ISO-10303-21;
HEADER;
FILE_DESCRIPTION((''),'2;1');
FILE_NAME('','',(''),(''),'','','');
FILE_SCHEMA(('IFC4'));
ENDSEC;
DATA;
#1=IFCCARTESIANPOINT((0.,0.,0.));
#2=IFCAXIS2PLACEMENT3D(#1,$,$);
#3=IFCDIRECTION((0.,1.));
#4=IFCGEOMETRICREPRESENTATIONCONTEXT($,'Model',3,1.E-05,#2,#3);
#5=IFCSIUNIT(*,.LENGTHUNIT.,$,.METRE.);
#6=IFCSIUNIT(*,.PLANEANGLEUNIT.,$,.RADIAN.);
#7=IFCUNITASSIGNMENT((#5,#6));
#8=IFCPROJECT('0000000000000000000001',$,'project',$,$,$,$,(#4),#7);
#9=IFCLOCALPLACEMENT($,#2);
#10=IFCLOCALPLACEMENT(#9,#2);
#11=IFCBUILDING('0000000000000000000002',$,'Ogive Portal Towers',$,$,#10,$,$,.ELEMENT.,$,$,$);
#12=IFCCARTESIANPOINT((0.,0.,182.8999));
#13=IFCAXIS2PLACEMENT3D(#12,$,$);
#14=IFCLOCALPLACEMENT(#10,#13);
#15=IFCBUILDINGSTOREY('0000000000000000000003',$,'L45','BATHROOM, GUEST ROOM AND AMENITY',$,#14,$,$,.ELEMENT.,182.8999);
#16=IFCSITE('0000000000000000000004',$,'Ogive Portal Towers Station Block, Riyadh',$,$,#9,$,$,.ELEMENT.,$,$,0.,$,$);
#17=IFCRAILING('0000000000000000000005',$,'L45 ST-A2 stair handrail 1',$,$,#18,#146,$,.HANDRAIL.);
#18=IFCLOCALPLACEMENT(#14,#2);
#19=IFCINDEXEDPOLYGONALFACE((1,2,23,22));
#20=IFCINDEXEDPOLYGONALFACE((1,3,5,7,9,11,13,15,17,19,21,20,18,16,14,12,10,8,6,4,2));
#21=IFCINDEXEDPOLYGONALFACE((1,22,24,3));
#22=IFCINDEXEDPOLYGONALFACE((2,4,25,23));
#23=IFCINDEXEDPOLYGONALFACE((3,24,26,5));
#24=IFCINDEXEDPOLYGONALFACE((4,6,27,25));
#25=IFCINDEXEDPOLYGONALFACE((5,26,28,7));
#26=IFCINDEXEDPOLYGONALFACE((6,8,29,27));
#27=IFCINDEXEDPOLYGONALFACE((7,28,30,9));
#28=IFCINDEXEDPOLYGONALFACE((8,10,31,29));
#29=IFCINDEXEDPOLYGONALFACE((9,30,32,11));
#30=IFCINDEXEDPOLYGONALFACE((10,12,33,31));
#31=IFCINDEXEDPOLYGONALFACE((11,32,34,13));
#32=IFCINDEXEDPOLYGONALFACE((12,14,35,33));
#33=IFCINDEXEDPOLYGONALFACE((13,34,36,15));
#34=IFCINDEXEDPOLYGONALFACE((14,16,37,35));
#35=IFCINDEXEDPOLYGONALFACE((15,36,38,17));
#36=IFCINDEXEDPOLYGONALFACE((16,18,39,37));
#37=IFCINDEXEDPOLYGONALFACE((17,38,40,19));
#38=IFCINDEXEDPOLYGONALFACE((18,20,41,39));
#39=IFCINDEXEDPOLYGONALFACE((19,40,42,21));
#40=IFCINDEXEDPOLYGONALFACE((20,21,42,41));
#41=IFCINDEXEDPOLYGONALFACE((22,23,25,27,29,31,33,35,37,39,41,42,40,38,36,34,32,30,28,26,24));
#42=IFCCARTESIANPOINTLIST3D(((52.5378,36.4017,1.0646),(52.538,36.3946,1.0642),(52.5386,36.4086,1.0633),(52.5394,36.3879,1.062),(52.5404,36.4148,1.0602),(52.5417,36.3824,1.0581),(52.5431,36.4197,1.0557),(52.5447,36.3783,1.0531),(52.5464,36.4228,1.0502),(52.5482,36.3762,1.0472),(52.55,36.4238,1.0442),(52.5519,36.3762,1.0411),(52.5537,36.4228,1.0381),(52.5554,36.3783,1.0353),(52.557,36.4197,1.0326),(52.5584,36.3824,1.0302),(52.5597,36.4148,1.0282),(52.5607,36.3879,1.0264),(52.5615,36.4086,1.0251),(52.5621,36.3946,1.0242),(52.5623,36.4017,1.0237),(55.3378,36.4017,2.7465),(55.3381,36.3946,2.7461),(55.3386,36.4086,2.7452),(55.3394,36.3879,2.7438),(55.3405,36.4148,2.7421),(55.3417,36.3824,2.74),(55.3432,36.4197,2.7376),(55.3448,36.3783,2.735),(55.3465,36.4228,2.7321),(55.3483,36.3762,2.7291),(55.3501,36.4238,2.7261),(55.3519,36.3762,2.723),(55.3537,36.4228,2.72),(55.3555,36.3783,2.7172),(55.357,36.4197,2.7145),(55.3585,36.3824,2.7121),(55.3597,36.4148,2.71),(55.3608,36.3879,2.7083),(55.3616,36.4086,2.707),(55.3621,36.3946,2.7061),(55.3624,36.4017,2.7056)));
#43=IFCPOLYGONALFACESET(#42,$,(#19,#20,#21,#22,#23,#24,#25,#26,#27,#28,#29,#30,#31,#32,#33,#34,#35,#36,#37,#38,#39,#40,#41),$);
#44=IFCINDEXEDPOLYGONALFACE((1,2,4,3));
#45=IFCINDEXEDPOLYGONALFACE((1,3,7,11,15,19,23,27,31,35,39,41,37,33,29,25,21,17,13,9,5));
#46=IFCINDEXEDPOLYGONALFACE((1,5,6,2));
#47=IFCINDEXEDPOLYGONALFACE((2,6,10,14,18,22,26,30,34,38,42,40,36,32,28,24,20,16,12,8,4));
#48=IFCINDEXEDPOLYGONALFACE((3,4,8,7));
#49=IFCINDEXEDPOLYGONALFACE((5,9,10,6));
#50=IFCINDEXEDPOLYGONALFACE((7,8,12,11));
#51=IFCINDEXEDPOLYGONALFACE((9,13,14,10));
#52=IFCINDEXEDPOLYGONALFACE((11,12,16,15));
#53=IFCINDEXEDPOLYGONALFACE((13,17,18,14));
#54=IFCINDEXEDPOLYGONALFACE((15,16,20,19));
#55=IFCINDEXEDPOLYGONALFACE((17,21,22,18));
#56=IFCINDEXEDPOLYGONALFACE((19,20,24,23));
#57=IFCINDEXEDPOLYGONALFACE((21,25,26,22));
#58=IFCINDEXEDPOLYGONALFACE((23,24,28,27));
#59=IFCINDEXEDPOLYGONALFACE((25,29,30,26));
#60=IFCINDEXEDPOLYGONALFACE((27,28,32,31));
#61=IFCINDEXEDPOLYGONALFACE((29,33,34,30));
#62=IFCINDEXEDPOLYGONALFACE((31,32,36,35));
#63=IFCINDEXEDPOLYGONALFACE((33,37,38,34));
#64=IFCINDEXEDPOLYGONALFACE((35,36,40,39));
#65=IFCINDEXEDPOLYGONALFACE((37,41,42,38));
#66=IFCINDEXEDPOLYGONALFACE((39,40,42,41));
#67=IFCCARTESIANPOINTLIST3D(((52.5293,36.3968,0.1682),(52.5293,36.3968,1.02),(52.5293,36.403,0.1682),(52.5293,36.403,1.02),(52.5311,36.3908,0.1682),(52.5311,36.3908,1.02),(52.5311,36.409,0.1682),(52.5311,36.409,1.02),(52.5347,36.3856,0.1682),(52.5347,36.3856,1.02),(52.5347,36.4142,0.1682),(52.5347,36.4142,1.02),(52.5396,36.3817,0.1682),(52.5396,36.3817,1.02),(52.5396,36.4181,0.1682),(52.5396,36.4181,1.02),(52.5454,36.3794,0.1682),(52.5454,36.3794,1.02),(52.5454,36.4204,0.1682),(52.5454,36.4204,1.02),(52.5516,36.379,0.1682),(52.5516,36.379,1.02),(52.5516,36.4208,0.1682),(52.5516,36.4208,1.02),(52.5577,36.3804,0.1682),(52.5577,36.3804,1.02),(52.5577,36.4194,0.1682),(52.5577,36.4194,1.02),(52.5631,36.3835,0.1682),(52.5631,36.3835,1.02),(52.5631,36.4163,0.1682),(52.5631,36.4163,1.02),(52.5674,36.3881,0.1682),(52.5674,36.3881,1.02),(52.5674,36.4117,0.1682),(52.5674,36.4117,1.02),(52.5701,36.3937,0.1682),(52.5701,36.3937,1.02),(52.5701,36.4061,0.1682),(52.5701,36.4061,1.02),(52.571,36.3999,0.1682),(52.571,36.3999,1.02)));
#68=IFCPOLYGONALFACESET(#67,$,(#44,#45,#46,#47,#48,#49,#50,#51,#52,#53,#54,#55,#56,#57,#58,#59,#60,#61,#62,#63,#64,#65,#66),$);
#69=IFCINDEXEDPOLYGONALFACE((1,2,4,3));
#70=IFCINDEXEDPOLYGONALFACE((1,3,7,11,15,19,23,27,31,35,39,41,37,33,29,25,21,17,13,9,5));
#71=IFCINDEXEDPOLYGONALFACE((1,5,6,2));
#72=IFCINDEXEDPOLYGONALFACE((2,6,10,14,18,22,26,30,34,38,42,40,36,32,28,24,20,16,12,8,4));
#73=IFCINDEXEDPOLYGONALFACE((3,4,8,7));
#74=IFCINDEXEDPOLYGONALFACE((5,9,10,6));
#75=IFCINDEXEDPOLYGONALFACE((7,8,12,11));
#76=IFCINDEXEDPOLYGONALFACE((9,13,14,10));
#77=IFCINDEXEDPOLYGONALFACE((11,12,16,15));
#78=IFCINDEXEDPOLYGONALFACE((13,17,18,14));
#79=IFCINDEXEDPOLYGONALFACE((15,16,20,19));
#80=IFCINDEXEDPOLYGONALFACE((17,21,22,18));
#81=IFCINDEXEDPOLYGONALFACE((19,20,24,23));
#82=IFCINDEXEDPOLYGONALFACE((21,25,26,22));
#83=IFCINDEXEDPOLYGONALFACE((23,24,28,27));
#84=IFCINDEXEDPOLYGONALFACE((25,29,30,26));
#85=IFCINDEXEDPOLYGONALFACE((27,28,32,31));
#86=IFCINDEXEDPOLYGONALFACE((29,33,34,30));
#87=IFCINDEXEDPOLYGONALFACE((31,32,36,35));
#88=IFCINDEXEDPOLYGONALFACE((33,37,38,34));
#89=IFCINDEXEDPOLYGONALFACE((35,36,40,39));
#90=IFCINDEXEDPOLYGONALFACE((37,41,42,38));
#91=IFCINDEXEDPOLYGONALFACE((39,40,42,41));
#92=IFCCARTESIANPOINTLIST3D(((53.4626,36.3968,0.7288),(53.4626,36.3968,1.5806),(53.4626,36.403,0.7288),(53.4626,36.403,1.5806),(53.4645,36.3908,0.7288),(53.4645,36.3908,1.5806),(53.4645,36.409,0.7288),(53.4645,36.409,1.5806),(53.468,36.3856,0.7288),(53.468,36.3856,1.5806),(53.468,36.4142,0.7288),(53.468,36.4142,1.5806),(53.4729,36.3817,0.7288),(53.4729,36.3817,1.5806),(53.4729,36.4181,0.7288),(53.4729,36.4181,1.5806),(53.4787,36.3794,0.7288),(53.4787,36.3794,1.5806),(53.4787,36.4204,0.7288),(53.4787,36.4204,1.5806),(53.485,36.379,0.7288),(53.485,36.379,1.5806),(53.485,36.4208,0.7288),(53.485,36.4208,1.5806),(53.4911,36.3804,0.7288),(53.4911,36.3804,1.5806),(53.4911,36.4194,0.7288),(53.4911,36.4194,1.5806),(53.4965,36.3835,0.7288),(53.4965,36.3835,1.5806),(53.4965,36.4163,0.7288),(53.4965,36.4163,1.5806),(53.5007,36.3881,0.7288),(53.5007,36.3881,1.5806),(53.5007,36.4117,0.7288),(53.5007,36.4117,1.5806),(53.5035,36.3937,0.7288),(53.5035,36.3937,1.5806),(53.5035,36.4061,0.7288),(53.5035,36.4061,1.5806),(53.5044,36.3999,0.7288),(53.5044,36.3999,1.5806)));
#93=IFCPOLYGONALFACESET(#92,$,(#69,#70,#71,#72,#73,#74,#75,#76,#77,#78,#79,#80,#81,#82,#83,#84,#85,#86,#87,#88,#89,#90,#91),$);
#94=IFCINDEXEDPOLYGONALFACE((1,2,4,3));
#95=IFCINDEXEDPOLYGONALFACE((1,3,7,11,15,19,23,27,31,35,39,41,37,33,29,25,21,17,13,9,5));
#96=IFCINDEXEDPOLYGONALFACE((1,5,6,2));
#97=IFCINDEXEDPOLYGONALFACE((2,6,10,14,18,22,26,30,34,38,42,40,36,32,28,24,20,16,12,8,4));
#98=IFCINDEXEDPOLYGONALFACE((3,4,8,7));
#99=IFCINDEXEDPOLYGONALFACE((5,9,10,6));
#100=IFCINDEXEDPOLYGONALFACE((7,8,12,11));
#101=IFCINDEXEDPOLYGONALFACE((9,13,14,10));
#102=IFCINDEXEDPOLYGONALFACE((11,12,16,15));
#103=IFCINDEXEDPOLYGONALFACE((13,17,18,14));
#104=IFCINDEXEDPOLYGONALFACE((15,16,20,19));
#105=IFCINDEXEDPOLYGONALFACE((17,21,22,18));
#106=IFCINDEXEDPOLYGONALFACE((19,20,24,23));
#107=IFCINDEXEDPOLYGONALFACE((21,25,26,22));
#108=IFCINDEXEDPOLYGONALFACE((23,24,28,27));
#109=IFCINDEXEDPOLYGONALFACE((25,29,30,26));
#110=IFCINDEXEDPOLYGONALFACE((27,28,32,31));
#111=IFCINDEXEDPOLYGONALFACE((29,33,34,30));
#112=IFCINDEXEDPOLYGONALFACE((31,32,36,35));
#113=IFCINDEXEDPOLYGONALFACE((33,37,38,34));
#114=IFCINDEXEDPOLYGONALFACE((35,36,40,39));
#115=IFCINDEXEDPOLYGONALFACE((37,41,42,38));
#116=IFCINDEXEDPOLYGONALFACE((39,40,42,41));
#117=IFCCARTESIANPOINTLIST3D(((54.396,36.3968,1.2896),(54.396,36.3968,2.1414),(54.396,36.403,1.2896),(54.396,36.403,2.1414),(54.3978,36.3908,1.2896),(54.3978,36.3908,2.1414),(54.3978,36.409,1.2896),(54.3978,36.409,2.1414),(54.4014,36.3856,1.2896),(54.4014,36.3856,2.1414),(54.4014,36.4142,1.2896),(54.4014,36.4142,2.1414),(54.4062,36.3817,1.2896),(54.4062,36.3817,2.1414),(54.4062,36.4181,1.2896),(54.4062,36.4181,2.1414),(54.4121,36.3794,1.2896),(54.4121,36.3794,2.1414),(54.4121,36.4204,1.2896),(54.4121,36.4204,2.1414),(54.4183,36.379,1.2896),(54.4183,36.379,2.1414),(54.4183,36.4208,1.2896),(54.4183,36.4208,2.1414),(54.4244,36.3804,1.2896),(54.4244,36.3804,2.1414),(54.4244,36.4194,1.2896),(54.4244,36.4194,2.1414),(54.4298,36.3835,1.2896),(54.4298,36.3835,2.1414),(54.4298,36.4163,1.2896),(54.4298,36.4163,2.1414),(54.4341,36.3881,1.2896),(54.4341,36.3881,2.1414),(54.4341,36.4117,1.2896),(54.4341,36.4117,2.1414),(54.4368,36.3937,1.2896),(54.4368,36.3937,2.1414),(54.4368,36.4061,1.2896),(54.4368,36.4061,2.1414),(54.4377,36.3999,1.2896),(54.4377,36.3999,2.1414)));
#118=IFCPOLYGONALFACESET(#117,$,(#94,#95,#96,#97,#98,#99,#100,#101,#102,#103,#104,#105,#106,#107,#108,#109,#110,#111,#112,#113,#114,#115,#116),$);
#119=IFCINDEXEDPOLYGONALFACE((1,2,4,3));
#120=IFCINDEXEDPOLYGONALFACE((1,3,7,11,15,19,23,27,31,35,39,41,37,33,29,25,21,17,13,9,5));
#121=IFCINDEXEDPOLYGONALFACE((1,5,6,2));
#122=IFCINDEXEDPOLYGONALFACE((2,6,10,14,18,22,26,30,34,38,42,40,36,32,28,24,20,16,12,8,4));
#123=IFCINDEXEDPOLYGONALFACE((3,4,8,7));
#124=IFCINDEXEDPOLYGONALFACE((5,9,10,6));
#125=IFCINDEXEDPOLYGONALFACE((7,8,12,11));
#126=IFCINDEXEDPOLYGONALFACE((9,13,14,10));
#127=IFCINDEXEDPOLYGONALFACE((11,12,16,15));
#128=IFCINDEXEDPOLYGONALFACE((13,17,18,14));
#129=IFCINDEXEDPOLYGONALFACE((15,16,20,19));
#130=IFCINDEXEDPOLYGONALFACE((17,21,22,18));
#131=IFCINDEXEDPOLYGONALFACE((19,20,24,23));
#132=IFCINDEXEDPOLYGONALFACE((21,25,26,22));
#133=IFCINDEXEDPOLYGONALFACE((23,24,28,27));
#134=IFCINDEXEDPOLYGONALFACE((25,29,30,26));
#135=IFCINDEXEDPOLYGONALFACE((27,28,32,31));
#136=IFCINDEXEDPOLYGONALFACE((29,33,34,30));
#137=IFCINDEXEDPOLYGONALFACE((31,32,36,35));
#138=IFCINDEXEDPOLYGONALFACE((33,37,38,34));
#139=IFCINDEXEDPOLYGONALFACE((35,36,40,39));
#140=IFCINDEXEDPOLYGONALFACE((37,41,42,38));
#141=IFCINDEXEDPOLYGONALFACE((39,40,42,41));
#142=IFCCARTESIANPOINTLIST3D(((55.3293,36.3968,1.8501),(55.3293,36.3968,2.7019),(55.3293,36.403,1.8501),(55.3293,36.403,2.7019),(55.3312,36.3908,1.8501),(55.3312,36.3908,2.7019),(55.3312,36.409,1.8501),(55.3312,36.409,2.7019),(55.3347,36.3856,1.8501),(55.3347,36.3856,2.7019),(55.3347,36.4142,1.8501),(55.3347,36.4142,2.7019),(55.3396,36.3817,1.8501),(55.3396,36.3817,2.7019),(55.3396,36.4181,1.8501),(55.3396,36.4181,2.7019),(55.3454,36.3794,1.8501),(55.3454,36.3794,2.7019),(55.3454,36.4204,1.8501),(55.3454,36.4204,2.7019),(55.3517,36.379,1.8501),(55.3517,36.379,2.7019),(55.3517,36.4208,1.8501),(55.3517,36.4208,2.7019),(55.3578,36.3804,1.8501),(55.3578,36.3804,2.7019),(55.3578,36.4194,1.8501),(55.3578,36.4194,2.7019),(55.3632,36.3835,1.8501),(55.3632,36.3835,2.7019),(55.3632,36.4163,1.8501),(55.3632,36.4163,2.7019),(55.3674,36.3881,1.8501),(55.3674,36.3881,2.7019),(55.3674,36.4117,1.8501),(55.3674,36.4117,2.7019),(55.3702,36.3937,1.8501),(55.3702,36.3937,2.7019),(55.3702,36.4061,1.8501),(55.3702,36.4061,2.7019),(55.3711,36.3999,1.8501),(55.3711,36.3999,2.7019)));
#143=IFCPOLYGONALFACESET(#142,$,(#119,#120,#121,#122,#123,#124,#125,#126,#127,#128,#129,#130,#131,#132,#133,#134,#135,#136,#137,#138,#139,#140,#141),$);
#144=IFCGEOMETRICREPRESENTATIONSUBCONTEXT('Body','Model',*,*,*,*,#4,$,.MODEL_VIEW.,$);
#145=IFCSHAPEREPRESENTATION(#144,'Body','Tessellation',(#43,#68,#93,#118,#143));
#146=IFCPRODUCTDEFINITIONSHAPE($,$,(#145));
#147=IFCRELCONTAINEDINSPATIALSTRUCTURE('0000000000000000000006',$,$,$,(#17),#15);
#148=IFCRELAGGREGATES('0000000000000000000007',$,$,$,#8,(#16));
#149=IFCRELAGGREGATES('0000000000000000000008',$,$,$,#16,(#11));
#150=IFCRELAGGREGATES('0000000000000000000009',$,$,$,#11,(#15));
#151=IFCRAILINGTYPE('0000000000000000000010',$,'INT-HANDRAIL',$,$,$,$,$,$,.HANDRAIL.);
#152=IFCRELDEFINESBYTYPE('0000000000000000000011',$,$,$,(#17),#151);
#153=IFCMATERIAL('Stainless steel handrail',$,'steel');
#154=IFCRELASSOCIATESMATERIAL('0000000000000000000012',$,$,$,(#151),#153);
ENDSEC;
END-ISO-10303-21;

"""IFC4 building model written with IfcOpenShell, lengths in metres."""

from ifc_helpers import new_model, si_unit, direction, frame, origin, origin_2d, place, context, subcontext, project, spatial, circle, extrude, material, type_object, element, save


model = new_model("IFC4")

# Units and contexts
model_context = context("Model", 3, precision=1e-05, world=origin(), true_north=direction((0.0, 1.0)))
body_context = subcontext(model_context, "Body", "Model", "MODEL_VIEW")
ifc_project = project(units=[si_unit("LENGTHUNIT", "METRE"), si_unit("PLANEANGLEUNIT", "RADIAN")], contexts=[model_context])

# Site, building, storey
site_placement = place(None, origin())
site = spatial("IfcSite", under=ifc_project, at=site_placement, Name="Ogive Portal Towers Station Block, Riyadh", CompositionType="ELEMENT", RefElevation=0.0)
building_placement = place(site_placement, origin())
building = spatial("IfcBuilding", under=site, at=building_placement, Name="Ogive Portal Towers", CompositionType="ELEMENT")
storey_placement = place(building_placement, frame((0.0, 0.0, 182.8999)))
storey = spatial("IfcBuildingStorey", under=building, at=storey_placement, Name="L45", Description="BATHROOM, GUEST ROOM AND AMENITY", CompositionType="ELEMENT", Elevation=182.8999)

# Railing
ifc_material_1 = material(Name="Stainless steel handrail", Category="steel")
railing_type_1 = type_object("IfcRailingType", Name="INT-HANDRAIL", PredefinedType="HANDRAIL", material=ifc_material_1)
railing_1_placement = place(storey_placement, frame((52.55, 36.3999, 0.1682)))
element("IfcRailing", 1, at=railing_1_placement, inside=storey, type_object=railing_type_1, Name="L45 ST-A2 stair handrail 1", PredefinedType="HANDRAIL", context=body_context, shape_type="SweptSolid", body=[
    extrude(circle(Radius=0.0239, at=origin_2d()), frame((0.0, 0.0, 0.876), z_axis=(0.857242, 0.0, 0.514913), x_axis=(0.0, 1.0, 0.0)), (0.0, 0.0, 1.0), 3.2664),
    extrude(circle(Radius=0.021, at=origin_2d()), origin(), (0.0, 0.0, 1.0), 0.8518),
    extrude(circle(Radius=0.021, at=origin_2d()), frame((0.9333, 0.0, 0.5605)), (0.0, 0.0, 1.0), 0.8518),
    extrude(circle(Radius=0.021, at=origin_2d()), frame((1.8667, 0.0, 1.1213)), (0.0, 0.0, 1.0), 0.8518),
    extrude(circle(Radius=0.021, at=origin_2d()), frame((2.8, 0.0, 1.6819)), (0.0, 0.0, 1.0), 0.8518),
])

save(model, "model.ifc")
